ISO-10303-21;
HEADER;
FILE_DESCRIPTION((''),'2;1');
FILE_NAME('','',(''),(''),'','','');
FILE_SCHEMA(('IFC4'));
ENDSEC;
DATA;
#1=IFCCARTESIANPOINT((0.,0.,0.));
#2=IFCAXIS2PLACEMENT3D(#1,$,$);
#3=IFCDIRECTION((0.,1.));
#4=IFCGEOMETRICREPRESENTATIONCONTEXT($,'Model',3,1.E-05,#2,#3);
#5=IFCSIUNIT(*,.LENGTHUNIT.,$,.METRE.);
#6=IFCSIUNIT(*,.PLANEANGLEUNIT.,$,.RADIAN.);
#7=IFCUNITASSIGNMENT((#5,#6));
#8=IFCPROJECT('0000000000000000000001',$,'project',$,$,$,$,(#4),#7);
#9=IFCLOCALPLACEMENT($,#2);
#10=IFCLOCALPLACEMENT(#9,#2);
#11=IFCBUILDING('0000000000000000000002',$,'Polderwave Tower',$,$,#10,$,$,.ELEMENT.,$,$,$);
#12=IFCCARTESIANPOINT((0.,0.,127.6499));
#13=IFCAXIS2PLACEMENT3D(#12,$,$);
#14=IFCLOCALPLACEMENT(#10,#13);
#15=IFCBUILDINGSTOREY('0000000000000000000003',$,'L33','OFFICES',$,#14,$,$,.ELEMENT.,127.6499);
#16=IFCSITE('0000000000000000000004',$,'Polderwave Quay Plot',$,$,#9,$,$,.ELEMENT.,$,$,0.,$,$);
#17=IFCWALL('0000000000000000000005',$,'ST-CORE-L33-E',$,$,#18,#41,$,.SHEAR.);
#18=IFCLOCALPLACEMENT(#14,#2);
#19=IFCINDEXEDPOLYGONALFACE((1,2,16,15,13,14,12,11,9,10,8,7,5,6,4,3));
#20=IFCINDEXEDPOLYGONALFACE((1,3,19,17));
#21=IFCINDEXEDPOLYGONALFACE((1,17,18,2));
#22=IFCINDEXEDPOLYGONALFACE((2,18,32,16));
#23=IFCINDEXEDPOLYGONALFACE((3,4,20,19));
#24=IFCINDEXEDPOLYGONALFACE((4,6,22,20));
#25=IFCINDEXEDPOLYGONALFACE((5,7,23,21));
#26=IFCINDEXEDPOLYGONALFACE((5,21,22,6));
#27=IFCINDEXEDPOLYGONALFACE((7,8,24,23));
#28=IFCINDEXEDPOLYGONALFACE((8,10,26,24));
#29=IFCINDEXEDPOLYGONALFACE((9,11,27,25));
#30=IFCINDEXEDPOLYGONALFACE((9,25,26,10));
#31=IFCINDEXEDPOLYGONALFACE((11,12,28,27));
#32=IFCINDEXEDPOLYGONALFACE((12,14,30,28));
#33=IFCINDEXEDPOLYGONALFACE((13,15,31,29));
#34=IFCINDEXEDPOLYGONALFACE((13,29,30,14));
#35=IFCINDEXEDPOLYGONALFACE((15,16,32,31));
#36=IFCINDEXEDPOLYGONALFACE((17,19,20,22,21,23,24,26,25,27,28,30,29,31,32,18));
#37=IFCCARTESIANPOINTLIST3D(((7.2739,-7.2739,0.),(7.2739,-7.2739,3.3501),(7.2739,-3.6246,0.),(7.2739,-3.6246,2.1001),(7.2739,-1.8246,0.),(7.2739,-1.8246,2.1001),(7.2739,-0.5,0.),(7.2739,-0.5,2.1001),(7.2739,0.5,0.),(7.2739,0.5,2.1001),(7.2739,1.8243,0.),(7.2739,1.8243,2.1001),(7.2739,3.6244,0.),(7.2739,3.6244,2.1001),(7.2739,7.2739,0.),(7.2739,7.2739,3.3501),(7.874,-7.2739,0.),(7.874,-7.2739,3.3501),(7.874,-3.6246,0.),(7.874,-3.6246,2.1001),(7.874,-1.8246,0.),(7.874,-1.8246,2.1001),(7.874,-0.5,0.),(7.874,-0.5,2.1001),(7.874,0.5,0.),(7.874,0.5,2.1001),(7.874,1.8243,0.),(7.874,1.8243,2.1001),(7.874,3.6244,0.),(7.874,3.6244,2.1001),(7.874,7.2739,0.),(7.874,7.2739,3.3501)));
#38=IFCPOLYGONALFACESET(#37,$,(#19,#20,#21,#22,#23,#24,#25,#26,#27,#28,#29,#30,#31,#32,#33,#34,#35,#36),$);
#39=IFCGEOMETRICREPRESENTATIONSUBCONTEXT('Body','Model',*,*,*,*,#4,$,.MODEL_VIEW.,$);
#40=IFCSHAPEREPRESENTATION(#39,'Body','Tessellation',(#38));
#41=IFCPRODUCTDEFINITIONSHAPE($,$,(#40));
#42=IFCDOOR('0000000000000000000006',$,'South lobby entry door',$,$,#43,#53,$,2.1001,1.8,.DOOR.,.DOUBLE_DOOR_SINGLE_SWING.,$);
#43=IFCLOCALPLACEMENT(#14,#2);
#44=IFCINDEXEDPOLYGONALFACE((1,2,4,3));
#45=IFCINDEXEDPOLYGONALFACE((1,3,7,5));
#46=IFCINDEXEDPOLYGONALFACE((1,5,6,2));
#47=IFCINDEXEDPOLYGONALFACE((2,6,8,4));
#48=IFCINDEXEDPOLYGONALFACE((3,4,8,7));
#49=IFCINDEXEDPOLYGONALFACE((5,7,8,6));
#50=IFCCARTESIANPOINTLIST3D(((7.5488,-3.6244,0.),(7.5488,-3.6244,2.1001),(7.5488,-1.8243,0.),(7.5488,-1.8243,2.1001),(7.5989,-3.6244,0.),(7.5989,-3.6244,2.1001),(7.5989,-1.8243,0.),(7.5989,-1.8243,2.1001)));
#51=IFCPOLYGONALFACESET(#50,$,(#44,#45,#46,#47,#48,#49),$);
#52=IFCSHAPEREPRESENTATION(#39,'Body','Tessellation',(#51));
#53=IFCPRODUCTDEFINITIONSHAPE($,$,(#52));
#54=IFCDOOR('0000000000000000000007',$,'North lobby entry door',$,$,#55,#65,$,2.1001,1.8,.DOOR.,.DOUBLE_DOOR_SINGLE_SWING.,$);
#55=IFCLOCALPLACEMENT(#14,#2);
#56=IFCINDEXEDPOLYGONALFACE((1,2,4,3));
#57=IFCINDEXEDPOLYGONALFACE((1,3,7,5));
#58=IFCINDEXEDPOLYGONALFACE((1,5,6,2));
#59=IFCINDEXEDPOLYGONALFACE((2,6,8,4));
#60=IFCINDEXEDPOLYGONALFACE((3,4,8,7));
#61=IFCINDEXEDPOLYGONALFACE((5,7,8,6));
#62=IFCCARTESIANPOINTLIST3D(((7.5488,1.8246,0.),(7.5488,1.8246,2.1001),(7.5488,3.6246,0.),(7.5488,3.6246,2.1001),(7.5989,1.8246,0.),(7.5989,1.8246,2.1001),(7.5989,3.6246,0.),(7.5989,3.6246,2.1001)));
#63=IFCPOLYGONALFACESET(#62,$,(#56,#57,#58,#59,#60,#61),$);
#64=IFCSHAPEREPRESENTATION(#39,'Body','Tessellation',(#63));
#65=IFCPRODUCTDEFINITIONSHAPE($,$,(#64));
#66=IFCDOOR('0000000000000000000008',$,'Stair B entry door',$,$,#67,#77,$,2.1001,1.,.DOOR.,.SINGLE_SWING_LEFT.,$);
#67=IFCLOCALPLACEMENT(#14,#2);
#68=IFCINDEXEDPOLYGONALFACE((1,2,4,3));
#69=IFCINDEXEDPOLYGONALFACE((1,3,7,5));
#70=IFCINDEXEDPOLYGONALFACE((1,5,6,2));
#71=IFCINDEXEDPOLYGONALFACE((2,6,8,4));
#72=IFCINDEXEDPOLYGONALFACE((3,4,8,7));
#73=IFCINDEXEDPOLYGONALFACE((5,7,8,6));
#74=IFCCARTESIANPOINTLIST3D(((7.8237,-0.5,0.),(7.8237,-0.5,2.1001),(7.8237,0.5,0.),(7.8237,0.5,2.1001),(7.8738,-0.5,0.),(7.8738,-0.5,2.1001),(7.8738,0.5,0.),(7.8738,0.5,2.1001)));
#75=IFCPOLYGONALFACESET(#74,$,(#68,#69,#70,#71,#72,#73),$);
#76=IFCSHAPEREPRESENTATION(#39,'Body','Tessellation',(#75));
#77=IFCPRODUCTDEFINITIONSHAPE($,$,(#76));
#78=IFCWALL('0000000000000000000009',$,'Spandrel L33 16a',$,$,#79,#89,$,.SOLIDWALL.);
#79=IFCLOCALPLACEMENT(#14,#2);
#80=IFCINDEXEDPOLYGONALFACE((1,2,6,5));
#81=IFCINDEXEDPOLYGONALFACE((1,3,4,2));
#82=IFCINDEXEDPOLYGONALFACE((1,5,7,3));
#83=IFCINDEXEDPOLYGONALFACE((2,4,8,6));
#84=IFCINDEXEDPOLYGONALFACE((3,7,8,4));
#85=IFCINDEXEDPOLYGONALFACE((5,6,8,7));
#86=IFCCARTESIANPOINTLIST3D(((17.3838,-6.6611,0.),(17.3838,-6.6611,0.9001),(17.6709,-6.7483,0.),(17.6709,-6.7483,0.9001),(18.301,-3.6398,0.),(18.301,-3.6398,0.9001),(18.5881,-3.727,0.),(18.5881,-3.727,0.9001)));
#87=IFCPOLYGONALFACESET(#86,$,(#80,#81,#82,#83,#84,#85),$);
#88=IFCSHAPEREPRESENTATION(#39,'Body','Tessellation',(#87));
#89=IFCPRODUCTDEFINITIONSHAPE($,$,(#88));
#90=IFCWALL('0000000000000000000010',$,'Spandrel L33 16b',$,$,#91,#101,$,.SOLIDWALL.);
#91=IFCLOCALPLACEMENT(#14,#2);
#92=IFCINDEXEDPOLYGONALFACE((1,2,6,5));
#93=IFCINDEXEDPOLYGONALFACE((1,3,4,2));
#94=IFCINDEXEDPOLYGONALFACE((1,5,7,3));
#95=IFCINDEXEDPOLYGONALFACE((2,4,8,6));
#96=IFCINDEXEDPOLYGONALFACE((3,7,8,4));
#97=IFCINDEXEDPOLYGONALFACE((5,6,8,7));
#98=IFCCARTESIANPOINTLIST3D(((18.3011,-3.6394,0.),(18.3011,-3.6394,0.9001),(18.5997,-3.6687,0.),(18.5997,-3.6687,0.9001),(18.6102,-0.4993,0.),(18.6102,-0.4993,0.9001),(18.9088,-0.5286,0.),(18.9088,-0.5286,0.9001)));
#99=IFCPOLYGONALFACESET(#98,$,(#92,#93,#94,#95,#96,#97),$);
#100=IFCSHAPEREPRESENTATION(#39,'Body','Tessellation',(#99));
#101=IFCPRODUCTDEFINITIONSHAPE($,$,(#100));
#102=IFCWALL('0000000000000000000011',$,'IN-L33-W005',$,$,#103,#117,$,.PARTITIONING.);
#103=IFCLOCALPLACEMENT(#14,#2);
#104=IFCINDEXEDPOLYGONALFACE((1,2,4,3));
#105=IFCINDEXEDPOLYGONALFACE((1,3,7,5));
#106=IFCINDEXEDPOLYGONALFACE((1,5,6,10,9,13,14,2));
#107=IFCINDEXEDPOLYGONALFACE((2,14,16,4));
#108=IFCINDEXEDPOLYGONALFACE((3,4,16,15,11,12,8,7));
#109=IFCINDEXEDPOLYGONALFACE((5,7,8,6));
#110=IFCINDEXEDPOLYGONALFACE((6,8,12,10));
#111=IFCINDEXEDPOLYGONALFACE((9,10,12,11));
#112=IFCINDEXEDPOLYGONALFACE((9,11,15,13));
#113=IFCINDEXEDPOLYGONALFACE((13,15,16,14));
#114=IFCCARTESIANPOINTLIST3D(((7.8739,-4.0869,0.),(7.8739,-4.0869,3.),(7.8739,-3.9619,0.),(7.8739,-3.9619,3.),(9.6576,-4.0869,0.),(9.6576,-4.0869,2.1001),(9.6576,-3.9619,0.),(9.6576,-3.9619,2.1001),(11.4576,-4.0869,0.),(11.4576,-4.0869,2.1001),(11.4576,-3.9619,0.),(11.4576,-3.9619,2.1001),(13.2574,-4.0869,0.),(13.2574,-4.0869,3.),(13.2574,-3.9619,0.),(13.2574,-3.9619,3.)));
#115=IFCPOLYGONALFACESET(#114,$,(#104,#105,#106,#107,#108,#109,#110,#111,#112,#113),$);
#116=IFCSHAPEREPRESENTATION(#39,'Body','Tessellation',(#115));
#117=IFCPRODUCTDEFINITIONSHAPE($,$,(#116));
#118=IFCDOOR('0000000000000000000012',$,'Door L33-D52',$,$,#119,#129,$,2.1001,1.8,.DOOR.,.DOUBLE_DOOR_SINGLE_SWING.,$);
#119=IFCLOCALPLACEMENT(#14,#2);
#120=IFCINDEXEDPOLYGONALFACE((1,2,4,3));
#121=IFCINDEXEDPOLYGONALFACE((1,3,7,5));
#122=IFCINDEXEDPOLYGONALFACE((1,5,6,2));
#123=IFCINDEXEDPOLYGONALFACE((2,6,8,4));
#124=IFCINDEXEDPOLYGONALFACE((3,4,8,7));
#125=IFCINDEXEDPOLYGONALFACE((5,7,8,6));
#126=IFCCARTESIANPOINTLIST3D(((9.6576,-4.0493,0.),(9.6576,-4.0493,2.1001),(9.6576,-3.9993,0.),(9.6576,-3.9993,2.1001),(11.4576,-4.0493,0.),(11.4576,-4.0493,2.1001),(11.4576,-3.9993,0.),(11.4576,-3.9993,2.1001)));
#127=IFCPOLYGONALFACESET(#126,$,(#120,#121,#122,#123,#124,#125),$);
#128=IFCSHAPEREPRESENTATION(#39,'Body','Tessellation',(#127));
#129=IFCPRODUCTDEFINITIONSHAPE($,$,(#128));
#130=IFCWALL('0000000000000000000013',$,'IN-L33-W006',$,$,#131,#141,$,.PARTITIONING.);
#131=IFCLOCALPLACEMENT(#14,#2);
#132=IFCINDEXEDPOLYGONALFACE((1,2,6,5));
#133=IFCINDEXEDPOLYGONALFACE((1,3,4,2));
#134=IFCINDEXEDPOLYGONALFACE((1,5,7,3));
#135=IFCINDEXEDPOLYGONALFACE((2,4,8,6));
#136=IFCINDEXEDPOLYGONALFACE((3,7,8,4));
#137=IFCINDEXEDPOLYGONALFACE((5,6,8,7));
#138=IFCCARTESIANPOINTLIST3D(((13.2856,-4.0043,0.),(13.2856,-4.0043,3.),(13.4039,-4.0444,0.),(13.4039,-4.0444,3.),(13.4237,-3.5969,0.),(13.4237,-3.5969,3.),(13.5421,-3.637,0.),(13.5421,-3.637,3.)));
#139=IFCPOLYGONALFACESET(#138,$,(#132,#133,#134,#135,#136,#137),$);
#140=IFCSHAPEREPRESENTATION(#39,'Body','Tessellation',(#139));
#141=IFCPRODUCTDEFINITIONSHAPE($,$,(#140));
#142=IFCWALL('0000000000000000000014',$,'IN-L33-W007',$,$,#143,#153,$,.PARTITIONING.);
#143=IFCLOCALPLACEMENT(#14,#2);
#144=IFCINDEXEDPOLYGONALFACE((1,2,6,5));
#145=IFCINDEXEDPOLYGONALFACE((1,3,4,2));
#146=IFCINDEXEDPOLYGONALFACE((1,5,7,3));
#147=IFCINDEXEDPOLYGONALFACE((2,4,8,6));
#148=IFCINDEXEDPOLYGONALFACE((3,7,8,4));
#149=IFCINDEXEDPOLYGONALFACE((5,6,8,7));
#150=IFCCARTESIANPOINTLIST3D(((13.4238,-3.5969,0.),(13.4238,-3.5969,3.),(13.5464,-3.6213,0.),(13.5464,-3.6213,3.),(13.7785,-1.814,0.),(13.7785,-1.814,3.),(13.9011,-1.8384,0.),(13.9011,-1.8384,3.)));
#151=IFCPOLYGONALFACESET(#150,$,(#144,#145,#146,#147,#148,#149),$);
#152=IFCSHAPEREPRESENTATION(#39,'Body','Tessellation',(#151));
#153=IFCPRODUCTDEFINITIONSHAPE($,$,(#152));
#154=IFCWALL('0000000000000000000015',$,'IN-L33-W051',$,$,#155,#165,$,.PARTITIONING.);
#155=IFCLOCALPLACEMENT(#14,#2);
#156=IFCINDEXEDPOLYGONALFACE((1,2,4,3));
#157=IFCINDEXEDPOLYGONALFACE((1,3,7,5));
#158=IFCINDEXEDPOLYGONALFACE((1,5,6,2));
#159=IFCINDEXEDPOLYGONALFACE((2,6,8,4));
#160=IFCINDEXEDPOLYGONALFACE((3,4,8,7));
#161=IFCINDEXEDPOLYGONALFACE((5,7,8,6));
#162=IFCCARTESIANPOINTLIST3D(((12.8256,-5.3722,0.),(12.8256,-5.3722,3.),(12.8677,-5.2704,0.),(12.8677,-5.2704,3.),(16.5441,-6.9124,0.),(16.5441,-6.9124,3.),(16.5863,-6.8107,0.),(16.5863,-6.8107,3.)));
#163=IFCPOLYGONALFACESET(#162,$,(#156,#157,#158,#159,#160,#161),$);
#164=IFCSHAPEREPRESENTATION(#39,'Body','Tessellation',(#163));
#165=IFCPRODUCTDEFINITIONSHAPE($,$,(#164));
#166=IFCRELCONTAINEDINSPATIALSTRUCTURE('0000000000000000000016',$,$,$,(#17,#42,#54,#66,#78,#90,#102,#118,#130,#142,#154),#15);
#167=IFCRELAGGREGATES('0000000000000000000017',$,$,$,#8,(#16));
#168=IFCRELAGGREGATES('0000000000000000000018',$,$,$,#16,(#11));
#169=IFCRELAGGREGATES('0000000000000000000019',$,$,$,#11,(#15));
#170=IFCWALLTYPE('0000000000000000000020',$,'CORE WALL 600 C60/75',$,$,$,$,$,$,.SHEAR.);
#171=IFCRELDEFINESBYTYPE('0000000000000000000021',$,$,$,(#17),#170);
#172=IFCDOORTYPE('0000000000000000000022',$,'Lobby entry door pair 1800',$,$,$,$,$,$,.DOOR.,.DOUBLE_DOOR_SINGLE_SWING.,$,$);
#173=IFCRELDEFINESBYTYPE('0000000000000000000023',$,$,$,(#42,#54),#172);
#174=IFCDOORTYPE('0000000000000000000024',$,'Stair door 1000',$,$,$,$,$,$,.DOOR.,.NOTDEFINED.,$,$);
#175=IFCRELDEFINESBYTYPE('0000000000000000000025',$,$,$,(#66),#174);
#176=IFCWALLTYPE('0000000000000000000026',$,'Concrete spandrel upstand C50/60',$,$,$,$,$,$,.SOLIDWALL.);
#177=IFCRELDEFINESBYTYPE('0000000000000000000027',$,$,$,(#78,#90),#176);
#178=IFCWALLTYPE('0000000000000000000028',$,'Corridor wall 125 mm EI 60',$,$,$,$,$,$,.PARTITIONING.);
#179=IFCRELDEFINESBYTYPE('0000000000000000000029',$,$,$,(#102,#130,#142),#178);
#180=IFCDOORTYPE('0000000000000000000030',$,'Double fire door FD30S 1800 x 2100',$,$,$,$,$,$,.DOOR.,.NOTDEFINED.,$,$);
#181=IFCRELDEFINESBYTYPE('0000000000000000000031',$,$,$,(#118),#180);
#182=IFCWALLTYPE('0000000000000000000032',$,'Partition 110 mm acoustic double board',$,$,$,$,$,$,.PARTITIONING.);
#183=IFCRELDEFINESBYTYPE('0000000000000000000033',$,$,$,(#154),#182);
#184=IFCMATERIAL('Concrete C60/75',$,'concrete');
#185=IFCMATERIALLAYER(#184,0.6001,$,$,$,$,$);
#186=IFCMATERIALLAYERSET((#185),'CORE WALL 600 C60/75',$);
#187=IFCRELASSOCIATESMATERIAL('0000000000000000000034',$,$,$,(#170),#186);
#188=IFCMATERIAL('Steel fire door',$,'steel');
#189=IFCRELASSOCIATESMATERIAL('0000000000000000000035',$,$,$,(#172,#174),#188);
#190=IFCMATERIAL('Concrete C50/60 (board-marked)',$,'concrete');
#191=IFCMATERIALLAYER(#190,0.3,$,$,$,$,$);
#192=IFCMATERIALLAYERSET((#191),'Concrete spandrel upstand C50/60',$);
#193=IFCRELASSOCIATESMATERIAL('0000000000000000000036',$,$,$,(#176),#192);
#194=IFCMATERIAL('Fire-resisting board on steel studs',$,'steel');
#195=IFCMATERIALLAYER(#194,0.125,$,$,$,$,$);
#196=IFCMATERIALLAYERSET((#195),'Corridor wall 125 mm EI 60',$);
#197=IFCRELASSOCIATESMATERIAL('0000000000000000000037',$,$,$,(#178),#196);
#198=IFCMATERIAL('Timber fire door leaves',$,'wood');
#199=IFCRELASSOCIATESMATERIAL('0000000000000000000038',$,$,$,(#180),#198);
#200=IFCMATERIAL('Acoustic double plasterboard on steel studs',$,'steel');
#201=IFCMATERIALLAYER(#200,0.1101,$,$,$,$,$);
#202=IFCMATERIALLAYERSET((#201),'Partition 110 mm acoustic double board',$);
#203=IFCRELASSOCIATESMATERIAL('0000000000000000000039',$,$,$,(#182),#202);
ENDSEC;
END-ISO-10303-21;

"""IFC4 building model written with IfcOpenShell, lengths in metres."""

from ifc_helpers import new_model, si_unit, direction, frame, frame_2d, origin, place, context, subcontext, project, spatial, rectangle, extrude, material, layer, layer_set, type_object, element, fill, save


model = new_model("IFC4")

# Units and contexts
model_context = context("Model", 3, precision=1e-05, world=origin(), true_north=direction((0.0, 1.0)))
body_context = subcontext(model_context, "Body", "Model", "MODEL_VIEW")
ifc_project = project(units=[si_unit("LENGTHUNIT", "METRE"), si_unit("PLANEANGLEUNIT", "RADIAN")], contexts=[model_context])

# Site, building, storey
site_placement = place(None, origin())
site = spatial("IfcSite", under=ifc_project, at=site_placement, Name="Polderwave Quay Plot", CompositionType="ELEMENT", RefElevation=0.0)
building_placement = place(site_placement, origin())
building = spatial("IfcBuilding", under=site, at=building_placement, Name="Polderwave Tower", CompositionType="ELEMENT")
storey_placement = place(building_placement, frame((0.0, 0.0, 127.6499)))
storey = spatial("IfcBuildingStorey", under=building, at=storey_placement, Name="L33", Description="OFFICES", CompositionType="ELEMENT", Elevation=127.6499)

# Shared definitions
ifc_material_1 = material(Name="Concrete C60/75", Category="concrete")

# Wall, openings, doors
ifc_layer_1 = layer(ifc_material_1, 0.6001)
ifc_layer_set_1 = layer_set([ifc_layer_1], Name="CORE WALL 600 C60/75")
wall_type_1 = type_object("IfcWallType", Name="CORE WALL 600 C60/75", PredefinedType="SHEAR", material=ifc_layer_set_1)
wall_1_placement = place(storey_placement, frame((7.574, -7.2739, 0.0), z_axis=(0.0, 0.0, 1.0), x_axis=(0.0, 1.0, 0.0)))
wall_1 = element("IfcWall", 1, at=wall_1_placement, inside=storey, type_object=wall_type_1, Name="ST-CORE-L33-E", PredefinedType="SHEAR", context=body_context, shape_type="SweptSolid", body=[
    extrude(rectangle(XDim=14.5479, YDim=0.6001, at=frame_2d((7.2739, 0.0))), origin(), (0.0, 0.0, 1.0), 3.3501),
])
opening_1_placement = place(wall_1_placement, frame((6.7739, 0.0, 0.0)))
opening_1 = element("IfcOpeningElement", 2, at=opening_1_placement, cuts=wall_1, PredefinedType="OPENING", context=body_context, shape_type="SweptSolid", body=[
    extrude(rectangle(XDim=1.0, YDim=2.1001, at=frame_2d((0.5, 1.05))), frame((0.0, 0.3101, 0.0), z_axis=(0.0, -1.0, 0.0), x_axis=(1.0, 0.0, 0.0)), (0.0, 0.0, 1.0), 0.6201),
])
opening_2_placement = place(wall_1_placement, frame((3.6494, 0.0, 0.0)))
opening_2 = element("IfcOpeningElement", 3, at=opening_2_placement, cuts=wall_1, PredefinedType="OPENING", context=body_context, shape_type="SweptSolid", body=[
    extrude(rectangle(XDim=1.8, YDim=2.1001, at=frame_2d((0.8999, 1.05))), frame((0.0, 0.3101, 0.0), z_axis=(0.0, -1.0, 0.0), x_axis=(1.0, 0.0, 0.0)), (0.0, 0.0, 1.0), 0.6201),
])
opening_3_placement = place(wall_1_placement, frame((9.0984, 0.0, 0.0)))
opening_3 = element("IfcOpeningElement", 4, at=opening_3_placement, cuts=wall_1, PredefinedType="OPENING", context=body_context, shape_type="SweptSolid", body=[
    extrude(rectangle(XDim=1.8, YDim=2.1001, at=frame_2d((0.8999, 1.05))), frame((0.0, 0.3101, 0.0), z_axis=(0.0, -1.0, 0.0), x_axis=(1.0, 0.0, 0.0)), (0.0, 0.0, 1.0), 0.6201),
])
ifc_material_2 = material(Name="Steel fire door", Category="steel")
door_type_1 = type_object("IfcDoorType", Name="Lobby entry door pair 1800", OperationType="DOUBLE_DOOR_SINGLE_SWING", PredefinedType="DOOR", material=ifc_material_2)
door_1_placement = place(opening_2_placement, frame((1.8, 0.0, 0.0), z_axis=(0.0, 0.0, 1.0), x_axis=(-1.0, 0.0, 0.0)))
door_1 = element("IfcDoor", 5, at=door_1_placement, inside=storey, type_object=door_type_1, Name="South lobby entry door", OperationType="DOUBLE_DOOR_SINGLE_SWING", OverallHeight=2.1001, OverallWidth=1.8, PredefinedType="DOOR", context=body_context, shape_type="SweptSolid", body=[
    extrude(rectangle(XDim=1.8, YDim=2.1001, at=frame_2d((0.8999, 1.05))), frame((0.0, 0.0249, 0.0), z_axis=(0.0, -1.0, 0.0), x_axis=(1.0, 0.0, 0.0)), (0.0, 0.0, 1.0), 0.05),
])
fill(opening_2, door_1)
door_2_placement = place(opening_3_placement, frame((1.8, 0.0, 0.0), z_axis=(0.0, 0.0, 1.0), x_axis=(-1.0, 0.0, 0.0)))
door_2 = element("IfcDoor", 6, at=door_2_placement, inside=storey, type_object=door_type_1, Name="North lobby entry door", OperationType="DOUBLE_DOOR_SINGLE_SWING", OverallHeight=2.1001, OverallWidth=1.8, PredefinedType="DOOR", context=body_context, shape_type="SweptSolid", body=[
    extrude(rectangle(XDim=1.8, YDim=2.1001, at=frame_2d((0.8999, 1.05))), frame((0.0, 0.0249, 0.0), z_axis=(0.0, -1.0, 0.0), x_axis=(1.0, 0.0, 0.0)), (0.0, 0.0, 1.0), 0.05),
])
fill(opening_3, door_2)
door_type_2 = type_object("IfcDoorType", Name="Stair door 1000", OperationType="NOTDEFINED", PredefinedType="DOOR", material=ifc_material_2)
door_3_placement = place(opening_1_placement, frame((1.0, 0.0, 0.0), z_axis=(0.0, 0.0, 1.0), x_axis=(-1.0, 0.0, 0.0)))
door_3 = element("IfcDoor", 7, at=door_3_placement, inside=storey, type_object=door_type_2, Name="Stair B entry door", OperationType="SINGLE_SWING_LEFT", OverallHeight=2.1001, OverallWidth=1.0, PredefinedType="DOOR", context=body_context, shape_type="SweptSolid", body=[
    extrude(rectangle(XDim=1.0, YDim=2.1001, at=frame_2d((0.5, 1.05))), frame((0.0, 0.2998, 0.0), z_axis=(0.0, -1.0, 0.0), x_axis=(1.0, 0.0, 0.0)), (0.0, 0.0, 1.0), 0.05),
])
fill(opening_1, door_3)

# Walls
ifc_material_3 = material(Name="Concrete C50/60 (board-marked)", Category="concrete")
ifc_layer_2 = layer(ifc_material_3, 0.3)
ifc_layer_set_2 = layer_set([ifc_layer_2], Name="Concrete spandrel upstand C50/60")
wall_type_2 = type_object("IfcWallType", Name="Concrete spandrel upstand C50/60", PredefinedType="SOLIDWALL", material=ifc_layer_set_2)
wall_2_placement = place(storey_placement, frame((17.5273, -6.7046, 0.0), z_axis=(0.0, 0.0, 1.0), x_axis=(0.290503, 0.956874, 0.0)))
element("IfcWall", 8, at=wall_2_placement, inside=storey, type_object=wall_type_2, Name="Spandrel L33 16a", PredefinedType="SOLIDWALL", context=body_context, shape_type="SweptSolid", body=[
    extrude(rectangle(XDim=3.1575, YDim=0.3, at=frame_2d((1.5786, 0.0))), origin(), (0.0, 0.0, 1.0), 0.9001),
])
wall_3_placement = place(storey_placement, frame((18.4504, -3.6541, 0.0), z_axis=(0.0, 0.0, 1.0), x_axis=(0.097956, 0.995191, 0.0)))
element("IfcWall", 9, at=wall_3_placement, inside=storey, type_object=wall_type_2, Name="Spandrel L33 16b", PredefinedType="SOLIDWALL", context=body_context, shape_type="SweptSolid", body=[
    extrude(rectangle(XDim=3.1553, YDim=0.3, at=frame_2d((1.5776, 0.0))), origin(), (0.0, 0.0, 1.0), 0.9001),
])

# Wall, opening, door
ifc_material_4 = material(Name="Fire-resisting board on steel studs", Category="steel")
ifc_layer_3 = layer(ifc_material_4, 0.125)
ifc_layer_set_3 = layer_set([ifc_layer_3], Name="Corridor wall 125 mm EI 60")
wall_type_3 = type_object("IfcWallType", Name="Corridor wall 125 mm EI 60", PredefinedType="PARTITIONING", material=ifc_layer_set_3)
wall_4_placement = place(storey_placement, frame((13.2576, -4.0244, 0.0), z_axis=(0.0, 0.0, 1.0), x_axis=(-1.0, 0.0, 0.0)))
wall_4 = element("IfcWall", 10, at=wall_4_placement, inside=storey, type_object=wall_type_3, Name="IN-L33-W005", PredefinedType="PARTITIONING", context=body_context, shape_type="SweptSolid", body=[
    extrude(rectangle(XDim=5.3835, YDim=0.125, at=frame_2d((2.6919, 0.0))), origin(), (0.0, 0.0, 1.0), 3.0),
])
opening_4_placement = place(wall_4_placement, frame((1.8, 0.0, 0.0)))
opening_4 = element("IfcOpeningElement", 11, at=opening_4_placement, cuts=wall_4, PredefinedType="OPENING", context=body_context, shape_type="SweptSolid", body=[
    extrude(rectangle(XDim=1.8, YDim=2.1001, at=frame_2d((0.8999, 1.05))), frame((0.0, 0.0725, 0.0), z_axis=(0.0, -1.0, 0.0), x_axis=(1.0, 0.0, 0.0)), (0.0, 0.0, 1.0), 0.145),
])
ifc_material_5 = material(Name="Timber fire door leaves", Category="wood")
door_type_3 = type_object("IfcDoorType", Name="Double fire door FD30S 1800 x 2100", OperationType="NOTDEFINED", PredefinedType="DOOR", material=ifc_material_5)
door_4_placement = place(opening_4_placement, origin())
door_4 = element("IfcDoor", 12, at=door_4_placement, inside=storey, type_object=door_type_3, Name="Door L33-D52", OperationType="DOUBLE_DOOR_SINGLE_SWING", OverallHeight=2.1001, OverallWidth=1.8, PredefinedType="DOOR", context=body_context, shape_type="SweptSolid", body=[
    extrude(rectangle(XDim=1.8, YDim=2.1001, at=frame_2d((0.8999, 1.05))), frame((0.0, 0.0249, 0.0), z_axis=(0.0, -1.0, 0.0), x_axis=(1.0, 0.0, 0.0)), (0.0, 0.0, 1.0), 0.05),
])
fill(opening_4, door_4)

# Walls
wall_5_placement = place(storey_placement, frame((13.4829, -3.6169, 0.0), z_axis=(0.0, 0.0, 1.0), x_axis=(-0.32116, -0.947025, 0.0)))
element("IfcWall", 13, at=wall_5_placement, inside=storey, type_object=wall_type_3, Name="IN-L33-W006", PredefinedType="PARTITIONING", context=body_context, shape_type="SweptSolid", body=[
    extrude(rectangle(XDim=0.4302, YDim=0.125, at=frame_2d((0.2151, 0.0))), origin(), (0.0, 0.0, 1.0), 3.0),
])
wall_6_placement = place(storey_placement, frame((13.8398, -1.8262, 0.0), z_axis=(0.0, 0.0, 1.0), x_axis=(-0.195135, -0.980776, 0.0)))
element("IfcWall", 14, at=wall_6_placement, inside=storey, type_object=wall_type_3, Name="IN-L33-W007", PredefinedType="PARTITIONING", context=body_context, shape_type="SweptSolid", body=[
    extrude(rectangle(XDim=1.8179, YDim=0.125, at=frame_2d((0.9089, 0.0))), origin(), (0.0, 0.0, 1.0), 3.0),
])
ifc_material_6 = material(Name="Acoustic double plasterboard on steel studs", Category="steel")
ifc_layer_4 = layer(ifc_material_6, 0.1101)
ifc_layer_set_4 = layer_set([ifc_layer_4], Name="Partition 110 mm acoustic double board")
wall_type_4 = type_object("IfcWallType", Name="Partition 110 mm acoustic double board", PredefinedType="PARTITIONING", material=ifc_layer_set_4)
wall_7_placement = place(storey_placement, frame((12.8467, -5.3213, 0.0), z_axis=(0.0, 0.0, 1.0), x_axis=(0.923877, -0.382689, 0.0)))
element("IfcWall", 15, at=wall_7_placement, inside=storey, type_object=wall_type_4, Name="IN-L33-W051", PredefinedType="PARTITIONING", context=body_context, shape_type="SweptSolid", body=[
    extrude(rectangle(XDim=4.0249, YDim=0.1101, at=frame_2d((2.0125, 0.0))), origin(), (0.0, 0.0, 1.0), 3.0),
])

save(model, "model.ifc")
